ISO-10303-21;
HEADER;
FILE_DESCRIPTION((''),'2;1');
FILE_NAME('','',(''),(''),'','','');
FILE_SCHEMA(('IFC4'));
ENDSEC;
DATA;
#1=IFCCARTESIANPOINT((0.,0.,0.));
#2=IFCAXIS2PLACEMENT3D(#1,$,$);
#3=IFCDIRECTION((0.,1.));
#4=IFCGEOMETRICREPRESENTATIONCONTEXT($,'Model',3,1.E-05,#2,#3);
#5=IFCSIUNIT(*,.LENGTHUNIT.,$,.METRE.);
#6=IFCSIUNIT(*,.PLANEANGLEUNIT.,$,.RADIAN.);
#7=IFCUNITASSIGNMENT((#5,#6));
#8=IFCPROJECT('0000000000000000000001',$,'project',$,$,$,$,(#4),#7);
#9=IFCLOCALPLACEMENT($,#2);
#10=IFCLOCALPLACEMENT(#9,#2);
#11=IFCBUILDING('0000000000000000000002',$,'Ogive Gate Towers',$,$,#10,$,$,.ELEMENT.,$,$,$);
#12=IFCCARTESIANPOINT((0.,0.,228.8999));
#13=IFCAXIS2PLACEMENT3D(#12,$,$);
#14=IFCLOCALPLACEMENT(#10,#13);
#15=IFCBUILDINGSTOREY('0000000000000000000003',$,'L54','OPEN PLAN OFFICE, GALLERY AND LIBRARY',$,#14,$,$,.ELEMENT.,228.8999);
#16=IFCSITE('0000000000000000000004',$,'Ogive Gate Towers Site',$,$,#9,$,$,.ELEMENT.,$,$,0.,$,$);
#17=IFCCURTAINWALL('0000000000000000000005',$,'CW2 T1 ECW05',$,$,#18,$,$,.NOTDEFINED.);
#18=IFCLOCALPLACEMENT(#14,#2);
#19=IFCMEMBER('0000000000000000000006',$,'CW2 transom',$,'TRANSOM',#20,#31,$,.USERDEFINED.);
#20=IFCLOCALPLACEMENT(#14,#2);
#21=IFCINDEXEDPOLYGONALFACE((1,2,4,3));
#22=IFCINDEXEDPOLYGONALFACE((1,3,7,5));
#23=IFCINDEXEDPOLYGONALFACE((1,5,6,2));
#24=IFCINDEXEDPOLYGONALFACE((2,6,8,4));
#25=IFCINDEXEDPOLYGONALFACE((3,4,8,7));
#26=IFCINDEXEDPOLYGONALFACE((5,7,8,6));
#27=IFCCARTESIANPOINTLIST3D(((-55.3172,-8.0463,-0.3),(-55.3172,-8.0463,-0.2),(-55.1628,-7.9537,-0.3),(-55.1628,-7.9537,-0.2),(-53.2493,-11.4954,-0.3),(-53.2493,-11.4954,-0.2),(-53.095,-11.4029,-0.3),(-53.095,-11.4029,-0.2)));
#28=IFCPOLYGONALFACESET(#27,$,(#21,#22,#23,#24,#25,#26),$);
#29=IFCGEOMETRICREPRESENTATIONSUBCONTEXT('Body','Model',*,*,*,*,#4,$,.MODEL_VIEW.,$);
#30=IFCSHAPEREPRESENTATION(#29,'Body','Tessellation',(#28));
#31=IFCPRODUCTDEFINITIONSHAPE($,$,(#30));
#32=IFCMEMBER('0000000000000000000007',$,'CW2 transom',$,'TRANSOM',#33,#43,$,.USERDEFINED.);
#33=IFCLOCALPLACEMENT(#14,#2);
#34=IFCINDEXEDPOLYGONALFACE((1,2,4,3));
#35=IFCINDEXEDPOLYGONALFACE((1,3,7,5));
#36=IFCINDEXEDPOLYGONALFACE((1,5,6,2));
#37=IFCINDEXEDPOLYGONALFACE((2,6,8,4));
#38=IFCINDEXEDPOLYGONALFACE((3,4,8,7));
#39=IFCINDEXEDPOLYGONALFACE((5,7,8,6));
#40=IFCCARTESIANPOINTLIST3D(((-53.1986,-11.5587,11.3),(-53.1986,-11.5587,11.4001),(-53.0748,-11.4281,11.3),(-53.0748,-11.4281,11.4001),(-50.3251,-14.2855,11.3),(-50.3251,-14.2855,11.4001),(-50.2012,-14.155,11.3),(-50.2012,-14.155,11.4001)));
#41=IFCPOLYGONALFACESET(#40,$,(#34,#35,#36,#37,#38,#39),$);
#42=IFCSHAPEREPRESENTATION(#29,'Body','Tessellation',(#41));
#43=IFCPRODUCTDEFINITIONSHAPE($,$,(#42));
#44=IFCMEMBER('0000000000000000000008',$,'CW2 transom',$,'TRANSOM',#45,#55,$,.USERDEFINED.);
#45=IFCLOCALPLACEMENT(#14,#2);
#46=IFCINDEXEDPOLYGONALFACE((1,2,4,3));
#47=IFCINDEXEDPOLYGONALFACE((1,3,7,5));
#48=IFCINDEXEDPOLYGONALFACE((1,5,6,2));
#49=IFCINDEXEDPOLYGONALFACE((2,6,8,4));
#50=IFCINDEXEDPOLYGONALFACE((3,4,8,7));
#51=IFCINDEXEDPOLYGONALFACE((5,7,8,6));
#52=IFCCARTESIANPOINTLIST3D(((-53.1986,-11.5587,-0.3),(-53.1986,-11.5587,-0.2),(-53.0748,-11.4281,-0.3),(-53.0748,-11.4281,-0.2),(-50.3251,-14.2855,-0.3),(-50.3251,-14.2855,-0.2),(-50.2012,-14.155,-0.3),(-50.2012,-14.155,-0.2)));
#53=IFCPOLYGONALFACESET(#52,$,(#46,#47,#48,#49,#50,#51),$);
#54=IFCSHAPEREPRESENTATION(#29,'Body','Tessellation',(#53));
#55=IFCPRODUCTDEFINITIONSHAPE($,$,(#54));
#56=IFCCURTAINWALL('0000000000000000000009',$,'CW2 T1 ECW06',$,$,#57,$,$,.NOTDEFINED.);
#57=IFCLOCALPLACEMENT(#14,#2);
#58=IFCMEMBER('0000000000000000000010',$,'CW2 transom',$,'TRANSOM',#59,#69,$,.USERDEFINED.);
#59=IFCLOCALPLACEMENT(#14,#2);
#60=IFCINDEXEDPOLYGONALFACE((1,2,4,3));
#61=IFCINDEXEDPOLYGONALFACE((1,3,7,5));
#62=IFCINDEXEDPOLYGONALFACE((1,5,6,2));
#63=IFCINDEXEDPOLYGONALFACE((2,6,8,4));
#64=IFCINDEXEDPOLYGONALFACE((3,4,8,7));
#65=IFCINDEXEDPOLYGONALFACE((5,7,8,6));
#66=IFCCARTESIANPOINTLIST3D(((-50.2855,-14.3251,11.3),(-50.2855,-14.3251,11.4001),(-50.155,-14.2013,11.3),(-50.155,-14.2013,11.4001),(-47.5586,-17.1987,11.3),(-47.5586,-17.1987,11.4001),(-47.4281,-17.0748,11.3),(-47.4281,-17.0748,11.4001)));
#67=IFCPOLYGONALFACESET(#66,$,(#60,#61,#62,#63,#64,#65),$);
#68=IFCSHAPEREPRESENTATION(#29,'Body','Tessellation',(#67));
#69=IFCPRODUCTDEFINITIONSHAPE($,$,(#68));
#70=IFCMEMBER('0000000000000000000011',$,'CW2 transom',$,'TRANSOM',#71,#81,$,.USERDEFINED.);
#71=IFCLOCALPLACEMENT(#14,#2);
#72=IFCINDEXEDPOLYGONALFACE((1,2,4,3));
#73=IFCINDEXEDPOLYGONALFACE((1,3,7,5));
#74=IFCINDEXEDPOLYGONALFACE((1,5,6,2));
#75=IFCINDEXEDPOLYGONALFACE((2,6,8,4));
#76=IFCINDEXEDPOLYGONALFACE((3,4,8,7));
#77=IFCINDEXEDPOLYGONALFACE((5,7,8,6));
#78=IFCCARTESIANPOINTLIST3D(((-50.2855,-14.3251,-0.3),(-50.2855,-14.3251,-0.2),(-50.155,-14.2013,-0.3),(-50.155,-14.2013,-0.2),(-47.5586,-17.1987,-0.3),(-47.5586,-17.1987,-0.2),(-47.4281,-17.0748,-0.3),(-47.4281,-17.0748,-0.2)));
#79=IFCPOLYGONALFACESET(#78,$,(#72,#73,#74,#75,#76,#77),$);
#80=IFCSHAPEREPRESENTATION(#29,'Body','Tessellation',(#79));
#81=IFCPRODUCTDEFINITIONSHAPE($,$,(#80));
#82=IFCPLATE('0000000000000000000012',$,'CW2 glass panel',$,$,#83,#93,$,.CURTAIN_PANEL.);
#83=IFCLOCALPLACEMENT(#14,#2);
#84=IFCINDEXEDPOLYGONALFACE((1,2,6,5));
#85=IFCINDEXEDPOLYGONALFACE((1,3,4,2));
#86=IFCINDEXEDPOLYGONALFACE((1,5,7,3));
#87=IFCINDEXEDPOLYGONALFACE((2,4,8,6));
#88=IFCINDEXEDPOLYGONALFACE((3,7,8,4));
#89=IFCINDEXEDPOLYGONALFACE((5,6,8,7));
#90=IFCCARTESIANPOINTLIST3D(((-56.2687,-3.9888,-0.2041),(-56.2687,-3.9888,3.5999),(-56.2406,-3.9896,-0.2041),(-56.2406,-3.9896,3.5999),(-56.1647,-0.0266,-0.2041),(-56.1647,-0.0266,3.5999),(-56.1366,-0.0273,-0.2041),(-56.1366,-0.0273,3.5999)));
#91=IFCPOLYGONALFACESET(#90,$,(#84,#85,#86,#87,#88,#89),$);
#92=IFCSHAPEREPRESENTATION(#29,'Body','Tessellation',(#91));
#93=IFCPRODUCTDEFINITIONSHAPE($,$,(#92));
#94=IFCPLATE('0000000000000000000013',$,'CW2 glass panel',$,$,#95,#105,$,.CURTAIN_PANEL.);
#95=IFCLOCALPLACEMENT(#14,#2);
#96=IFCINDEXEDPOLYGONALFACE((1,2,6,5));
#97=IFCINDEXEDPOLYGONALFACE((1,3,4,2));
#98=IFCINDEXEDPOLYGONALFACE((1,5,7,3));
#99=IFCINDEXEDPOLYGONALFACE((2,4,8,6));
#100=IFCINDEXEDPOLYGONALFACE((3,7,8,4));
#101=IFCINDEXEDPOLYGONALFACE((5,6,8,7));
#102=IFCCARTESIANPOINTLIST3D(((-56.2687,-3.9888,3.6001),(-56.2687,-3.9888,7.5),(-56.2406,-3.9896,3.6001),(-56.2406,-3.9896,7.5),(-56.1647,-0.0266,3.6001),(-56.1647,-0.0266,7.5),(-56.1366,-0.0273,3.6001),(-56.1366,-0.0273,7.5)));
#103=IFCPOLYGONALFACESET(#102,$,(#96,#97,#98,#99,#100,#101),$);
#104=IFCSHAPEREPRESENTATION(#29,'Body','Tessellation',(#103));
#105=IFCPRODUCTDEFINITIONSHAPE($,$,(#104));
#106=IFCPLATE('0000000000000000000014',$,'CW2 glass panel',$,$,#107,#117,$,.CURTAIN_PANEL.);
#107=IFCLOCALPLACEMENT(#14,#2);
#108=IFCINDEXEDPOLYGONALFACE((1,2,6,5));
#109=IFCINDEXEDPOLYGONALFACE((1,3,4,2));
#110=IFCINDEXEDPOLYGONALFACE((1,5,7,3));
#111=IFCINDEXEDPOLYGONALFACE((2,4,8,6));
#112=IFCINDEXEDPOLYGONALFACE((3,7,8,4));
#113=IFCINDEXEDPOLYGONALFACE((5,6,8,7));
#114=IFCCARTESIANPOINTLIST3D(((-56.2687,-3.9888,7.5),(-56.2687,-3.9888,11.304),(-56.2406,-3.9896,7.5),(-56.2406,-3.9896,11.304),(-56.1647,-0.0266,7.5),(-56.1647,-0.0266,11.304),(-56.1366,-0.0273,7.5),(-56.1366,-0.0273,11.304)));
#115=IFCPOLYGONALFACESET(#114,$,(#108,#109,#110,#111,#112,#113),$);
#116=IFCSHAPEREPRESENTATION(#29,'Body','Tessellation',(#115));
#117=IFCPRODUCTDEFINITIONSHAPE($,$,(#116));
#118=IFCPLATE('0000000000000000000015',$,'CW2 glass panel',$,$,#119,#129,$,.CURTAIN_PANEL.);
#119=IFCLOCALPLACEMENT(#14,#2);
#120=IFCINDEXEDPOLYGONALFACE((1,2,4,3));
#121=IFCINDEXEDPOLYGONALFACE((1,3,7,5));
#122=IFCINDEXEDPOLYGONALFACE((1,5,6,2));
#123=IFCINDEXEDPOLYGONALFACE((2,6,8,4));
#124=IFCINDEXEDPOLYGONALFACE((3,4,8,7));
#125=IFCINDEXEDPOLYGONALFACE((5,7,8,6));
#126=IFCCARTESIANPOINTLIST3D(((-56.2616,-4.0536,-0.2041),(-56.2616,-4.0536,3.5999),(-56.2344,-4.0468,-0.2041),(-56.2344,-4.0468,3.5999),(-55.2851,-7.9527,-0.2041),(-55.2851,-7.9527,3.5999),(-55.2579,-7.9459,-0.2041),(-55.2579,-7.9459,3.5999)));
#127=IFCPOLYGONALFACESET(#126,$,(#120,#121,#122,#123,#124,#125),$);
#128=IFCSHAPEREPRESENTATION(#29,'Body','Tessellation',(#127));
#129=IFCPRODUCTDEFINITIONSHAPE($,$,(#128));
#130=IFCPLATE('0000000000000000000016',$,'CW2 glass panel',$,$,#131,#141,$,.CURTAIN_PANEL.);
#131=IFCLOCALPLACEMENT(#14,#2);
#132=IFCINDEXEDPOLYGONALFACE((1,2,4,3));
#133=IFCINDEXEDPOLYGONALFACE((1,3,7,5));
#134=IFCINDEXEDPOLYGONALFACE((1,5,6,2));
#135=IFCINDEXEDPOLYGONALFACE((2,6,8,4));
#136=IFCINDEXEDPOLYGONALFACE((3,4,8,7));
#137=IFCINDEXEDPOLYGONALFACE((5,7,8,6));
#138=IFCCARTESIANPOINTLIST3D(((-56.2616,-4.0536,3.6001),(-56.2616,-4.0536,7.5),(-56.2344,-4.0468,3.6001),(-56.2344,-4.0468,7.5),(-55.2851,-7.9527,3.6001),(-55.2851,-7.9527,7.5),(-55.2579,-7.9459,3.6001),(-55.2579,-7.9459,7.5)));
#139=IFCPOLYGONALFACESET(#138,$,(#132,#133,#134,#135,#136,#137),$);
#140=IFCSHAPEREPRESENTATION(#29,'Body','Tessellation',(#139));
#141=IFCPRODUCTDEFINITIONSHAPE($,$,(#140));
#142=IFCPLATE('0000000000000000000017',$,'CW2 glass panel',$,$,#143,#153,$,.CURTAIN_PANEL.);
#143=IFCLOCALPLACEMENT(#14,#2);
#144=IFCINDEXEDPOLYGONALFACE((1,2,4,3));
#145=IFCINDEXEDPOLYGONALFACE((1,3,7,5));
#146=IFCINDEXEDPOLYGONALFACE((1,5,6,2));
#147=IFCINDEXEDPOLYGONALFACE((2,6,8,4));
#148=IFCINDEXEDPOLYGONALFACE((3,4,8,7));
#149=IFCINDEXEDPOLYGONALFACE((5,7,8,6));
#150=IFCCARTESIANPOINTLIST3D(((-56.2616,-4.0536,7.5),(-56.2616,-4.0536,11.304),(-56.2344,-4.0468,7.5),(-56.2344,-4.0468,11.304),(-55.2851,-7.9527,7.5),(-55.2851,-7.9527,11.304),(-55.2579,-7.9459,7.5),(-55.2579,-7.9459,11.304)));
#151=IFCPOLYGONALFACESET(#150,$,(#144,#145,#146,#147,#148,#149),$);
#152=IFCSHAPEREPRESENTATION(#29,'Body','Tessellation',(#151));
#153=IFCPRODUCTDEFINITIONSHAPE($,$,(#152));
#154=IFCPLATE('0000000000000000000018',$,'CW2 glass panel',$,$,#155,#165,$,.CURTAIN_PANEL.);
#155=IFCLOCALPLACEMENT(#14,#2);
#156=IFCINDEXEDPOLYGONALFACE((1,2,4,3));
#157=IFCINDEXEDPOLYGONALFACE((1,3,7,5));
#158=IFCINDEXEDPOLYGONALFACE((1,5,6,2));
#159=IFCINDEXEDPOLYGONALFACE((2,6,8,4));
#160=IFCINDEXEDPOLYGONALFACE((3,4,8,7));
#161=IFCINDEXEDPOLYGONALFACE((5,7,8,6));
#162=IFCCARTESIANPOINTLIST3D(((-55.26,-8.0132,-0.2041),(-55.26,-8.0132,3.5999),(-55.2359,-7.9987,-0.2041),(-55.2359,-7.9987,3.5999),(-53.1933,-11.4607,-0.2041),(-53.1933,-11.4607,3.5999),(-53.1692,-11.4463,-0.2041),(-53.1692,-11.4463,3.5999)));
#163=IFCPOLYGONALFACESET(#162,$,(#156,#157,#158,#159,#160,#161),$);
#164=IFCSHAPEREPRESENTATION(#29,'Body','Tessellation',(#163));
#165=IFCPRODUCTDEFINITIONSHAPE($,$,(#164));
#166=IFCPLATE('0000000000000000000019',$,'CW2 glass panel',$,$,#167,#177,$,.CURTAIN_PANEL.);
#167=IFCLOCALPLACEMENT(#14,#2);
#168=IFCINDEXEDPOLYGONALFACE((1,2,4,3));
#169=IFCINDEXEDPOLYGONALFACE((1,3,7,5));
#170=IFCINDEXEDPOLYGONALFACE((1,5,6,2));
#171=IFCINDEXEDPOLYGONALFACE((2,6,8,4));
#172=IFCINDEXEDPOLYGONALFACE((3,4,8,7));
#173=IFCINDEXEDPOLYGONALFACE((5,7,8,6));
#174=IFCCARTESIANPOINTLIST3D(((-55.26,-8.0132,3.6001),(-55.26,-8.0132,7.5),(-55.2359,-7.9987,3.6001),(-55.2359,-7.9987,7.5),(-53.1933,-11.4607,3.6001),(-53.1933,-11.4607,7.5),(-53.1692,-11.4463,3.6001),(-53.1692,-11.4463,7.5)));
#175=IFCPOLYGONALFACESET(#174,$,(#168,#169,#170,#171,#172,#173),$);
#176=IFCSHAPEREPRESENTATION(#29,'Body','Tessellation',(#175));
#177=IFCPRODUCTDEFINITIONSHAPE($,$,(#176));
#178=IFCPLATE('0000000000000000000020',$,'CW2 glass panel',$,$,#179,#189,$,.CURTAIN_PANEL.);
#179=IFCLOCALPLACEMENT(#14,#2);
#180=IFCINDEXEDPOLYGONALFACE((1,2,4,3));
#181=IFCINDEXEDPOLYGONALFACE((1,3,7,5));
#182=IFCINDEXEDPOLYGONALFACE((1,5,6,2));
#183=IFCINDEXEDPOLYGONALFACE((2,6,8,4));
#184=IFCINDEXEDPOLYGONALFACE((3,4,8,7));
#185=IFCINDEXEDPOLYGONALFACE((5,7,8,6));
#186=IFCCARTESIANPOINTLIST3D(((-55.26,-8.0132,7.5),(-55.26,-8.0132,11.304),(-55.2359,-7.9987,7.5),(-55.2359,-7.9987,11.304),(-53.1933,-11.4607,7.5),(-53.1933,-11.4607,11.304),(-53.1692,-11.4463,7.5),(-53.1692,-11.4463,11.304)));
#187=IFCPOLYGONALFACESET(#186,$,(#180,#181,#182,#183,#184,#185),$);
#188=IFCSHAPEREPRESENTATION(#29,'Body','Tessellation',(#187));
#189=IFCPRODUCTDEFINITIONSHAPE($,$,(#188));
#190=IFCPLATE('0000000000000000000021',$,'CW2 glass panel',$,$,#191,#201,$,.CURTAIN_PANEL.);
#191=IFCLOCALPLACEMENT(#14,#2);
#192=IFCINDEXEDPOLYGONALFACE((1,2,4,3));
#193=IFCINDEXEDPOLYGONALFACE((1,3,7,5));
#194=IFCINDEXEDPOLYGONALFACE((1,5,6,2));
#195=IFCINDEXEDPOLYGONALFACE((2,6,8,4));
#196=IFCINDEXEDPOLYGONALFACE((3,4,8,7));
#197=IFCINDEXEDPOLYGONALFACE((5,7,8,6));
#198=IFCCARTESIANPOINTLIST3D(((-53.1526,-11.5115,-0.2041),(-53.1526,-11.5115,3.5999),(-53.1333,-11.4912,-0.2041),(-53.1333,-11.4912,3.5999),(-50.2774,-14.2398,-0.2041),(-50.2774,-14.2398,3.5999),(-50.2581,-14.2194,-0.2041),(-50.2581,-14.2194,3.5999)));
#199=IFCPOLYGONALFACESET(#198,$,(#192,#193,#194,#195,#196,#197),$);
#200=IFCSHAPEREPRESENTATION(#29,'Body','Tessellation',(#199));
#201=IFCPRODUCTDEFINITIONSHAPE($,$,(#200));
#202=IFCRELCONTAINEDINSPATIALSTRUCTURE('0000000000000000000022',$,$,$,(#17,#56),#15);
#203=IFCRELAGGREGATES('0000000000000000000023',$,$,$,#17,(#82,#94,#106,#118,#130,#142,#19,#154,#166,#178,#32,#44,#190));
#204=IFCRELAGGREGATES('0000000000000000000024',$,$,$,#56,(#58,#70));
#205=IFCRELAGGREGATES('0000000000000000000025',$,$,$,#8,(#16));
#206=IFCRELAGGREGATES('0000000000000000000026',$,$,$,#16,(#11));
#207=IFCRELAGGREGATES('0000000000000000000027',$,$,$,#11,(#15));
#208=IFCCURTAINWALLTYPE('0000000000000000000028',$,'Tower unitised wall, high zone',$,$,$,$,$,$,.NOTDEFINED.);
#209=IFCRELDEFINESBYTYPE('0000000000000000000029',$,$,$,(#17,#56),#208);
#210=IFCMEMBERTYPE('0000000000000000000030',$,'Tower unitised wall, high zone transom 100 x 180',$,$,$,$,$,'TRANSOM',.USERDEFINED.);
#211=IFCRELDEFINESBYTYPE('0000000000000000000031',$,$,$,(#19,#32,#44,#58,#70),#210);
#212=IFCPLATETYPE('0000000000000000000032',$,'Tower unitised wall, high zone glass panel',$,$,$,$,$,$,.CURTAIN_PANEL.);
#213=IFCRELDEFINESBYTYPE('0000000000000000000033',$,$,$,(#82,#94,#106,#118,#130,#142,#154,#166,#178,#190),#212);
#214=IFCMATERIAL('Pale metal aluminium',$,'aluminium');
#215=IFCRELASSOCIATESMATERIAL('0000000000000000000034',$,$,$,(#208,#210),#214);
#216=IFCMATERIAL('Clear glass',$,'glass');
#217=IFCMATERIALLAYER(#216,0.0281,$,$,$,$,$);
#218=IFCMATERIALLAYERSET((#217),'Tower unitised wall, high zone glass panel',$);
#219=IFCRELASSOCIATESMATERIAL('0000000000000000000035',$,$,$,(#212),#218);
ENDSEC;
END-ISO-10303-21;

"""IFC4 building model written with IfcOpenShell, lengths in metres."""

from ifc_helpers import new_model, si_unit, direction, frame, origin, origin_2d, place, context, subcontext, project, spatial, rectangle, extrude, material, layer, layer_set, material_profile, profile_set, type_object, element, aggregate, save


model = new_model("IFC4")

# Units and contexts
model_context = context("Model", 3, precision=1e-05, world=origin(), true_north=direction((0.0, 1.0)))
body_context = subcontext(model_context, "Body", "Model", "MODEL_VIEW")
ifc_project = project(units=[si_unit("LENGTHUNIT", "METRE"), si_unit("PLANEANGLEUNIT", "RADIAN")], contexts=[model_context])

# Site, building, storey
site_placement = place(None, origin())
site = spatial("IfcSite", under=ifc_project, at=site_placement, Name="Ogive Gate Towers Site", CompositionType="ELEMENT", RefElevation=0.0)
building_placement = place(site_placement, origin())
building = spatial("IfcBuilding", under=site, at=building_placement, Name="Ogive Gate Towers", CompositionType="ELEMENT")
storey_placement = place(building_placement, frame((0.0, 0.0, 228.8999)))
storey = spatial("IfcBuildingStorey", under=building, at=storey_placement, Name="L54", Description="OPEN PLAN OFFICE, GALLERY AND LIBRARY", CompositionType="ELEMENT", Elevation=228.8999)

# Curtain walls, members
ifc_material_1 = material(Name="Pale metal aluminium", Category="aluminium")
curtain_wall_type = type_object("IfcCurtainWallType", Name="Tower unitised wall, high zone", PredefinedType="NOTDEFINED", material=ifc_material_1)
curtain_wall_1_placement = place(storey_placement, origin())
curtain_wall_1 = element("IfcCurtainWall", 1, at=curtain_wall_1_placement, inside=storey, type_object=curtain_wall_type, Name="CW2 T1 ECW05", PredefinedType="NOTDEFINED")
ifc_material_profile_1 = material_profile(ifc_material_1, rectangle(XDim=0.1799, YDim=0.1001, at=origin_2d()), Name="100 x 180 aluminium box")
ifc_profile_set_1 = profile_set([ifc_material_profile_1], Name="Pale metal aluminium")
member_type_1 = type_object("IfcMemberType", Name="Tower unitised wall, high zone transom 100 x 180", ElementType="TRANSOM", PredefinedType="USERDEFINED", material=ifc_profile_set_1)
member_1_placement = place(storey_placement, frame((-55.24, -8.0, -0.25), z_axis=(0.514192, -0.857675, 0.0), x_axis=(0.857675, 0.514192, 0.0)))
member_1 = element("IfcMember", 2, at=member_1_placement, type_object=member_type_1, Name="CW2 transom", ObjectType="TRANSOM", PredefinedType="USERDEFINED", context=body_context, shape_type="SweptSolid", body=[
    extrude(rectangle(XDim=0.1799, YDim=0.1001, at=origin_2d()), origin(), (0.0, 0.0, 1.0), 4.0215),
])
member_2_placement = place(storey_placement, frame((-53.1367, -11.4934, 11.3501), z_axis=(0.725384, -0.688344, 0.0), x_axis=(0.688344, 0.725384, 0.0)))
member_2 = element("IfcMember", 3, at=member_2_placement, type_object=member_type_1, Name="CW2 transom", ObjectType="TRANSOM", PredefinedType="USERDEFINED", context=body_context, shape_type="SweptSolid", body=[
    extrude(rectangle(XDim=0.1799, YDim=0.1001, at=origin_2d()), origin(), (0.0, 0.0, 1.0), 3.9614),
])
member_3_placement = place(storey_placement, frame((-53.1367, -11.4934, -0.25), z_axis=(0.725384, -0.688344, 0.0), x_axis=(0.688344, 0.725384, 0.0)))
member_3 = element("IfcMember", 4, at=member_3_placement, type_object=member_type_1, Name="CW2 transom", ObjectType="TRANSOM", PredefinedType="USERDEFINED", context=body_context, shape_type="SweptSolid", body=[
    extrude(rectangle(XDim=0.1799, YDim=0.1001, at=origin_2d()), origin(), (0.0, 0.0, 1.0), 3.9614),
])
curtain_wall_2_placement = place(storey_placement, origin())
curtain_wall_2 = element("IfcCurtainWall", 5, at=curtain_wall_2_placement, inside=storey, type_object=curtain_wall_type, Name="CW2 T1 ECW06", PredefinedType="NOTDEFINED")
member_4_placement = place(storey_placement, frame((-50.2202, -14.2632, 11.3501), z_axis=(0.688344, -0.725384, 0.0), x_axis=(0.725384, 0.688344, 0.0)))
member_4 = element("IfcMember", 6, at=member_4_placement, type_object=member_type_1, Name="CW2 transom", ObjectType="TRANSOM", PredefinedType="USERDEFINED", context=body_context, shape_type="SweptSolid", body=[
    extrude(rectangle(XDim=0.1799, YDim=0.1001, at=origin_2d()), origin(), (0.0, 0.0, 1.0), 3.9614),
])
member_5_placement = place(storey_placement, frame((-50.2202, -14.2632, -0.25), z_axis=(0.688344, -0.725384, 0.0), x_axis=(0.725384, 0.688344, 0.0)))
member_5 = element("IfcMember", 7, at=member_5_placement, type_object=member_type_1, Name="CW2 transom", ObjectType="TRANSOM", PredefinedType="USERDEFINED", context=body_context, shape_type="SweptSolid", body=[
    extrude(rectangle(XDim=0.1799, YDim=0.1001, at=origin_2d()), origin(), (0.0, 0.0, 1.0), 3.9614),
])

# Plates
ifc_material_2 = material(Name="Clear glass", Category="glass")
ifc_layer_1 = layer(ifc_material_2, 0.0281)
ifc_layer_set_1 = layer_set([ifc_layer_1], Name="Tower unitised wall, high zone glass panel")
plate_type = type_object("IfcPlateType", Name="Tower unitised wall, high zone glass panel", PredefinedType="CURTAIN_PANEL", material=ifc_layer_set_1)
plate_1_placement = place(storey_placement, frame((-56.2026, -2.0081, -0.2041), z_axis=(0.0, 0.0, 1.0), x_axis=(-0.026229, -0.999656, 0.0)))
plate_1 = element("IfcPlate", 8, at=plate_1_placement, type_object=plate_type, Name="CW2 glass panel", PredefinedType="CURTAIN_PANEL", context=body_context, shape_type="SweptSolid", body=[
    extrude(rectangle(XDim=3.9636, YDim=0.0281, at=origin_2d()), origin(), (0.0, 0.0, 1.0), 3.804),
])
plate_2_placement = place(storey_placement, frame((-56.2026, -2.0081, 3.6001), z_axis=(0.0, 0.0, 1.0), x_axis=(-0.026229, -0.999656, 0.0)))
plate_2 = element("IfcPlate", 9, at=plate_2_placement, type_object=plate_type, Name="CW2 glass panel", PredefinedType="CURTAIN_PANEL", context=body_context, shape_type="SweptSolid", body=[
    extrude(rectangle(XDim=3.9636, YDim=0.0281, at=origin_2d()), origin(), (0.0, 0.0, 1.0), 3.8999),
])
plate_3_placement = place(storey_placement, frame((-56.2026, -2.0081, 7.5), z_axis=(0.0, 0.0, 1.0), x_axis=(-0.026229, -0.999656, 0.0)))
plate_3 = element("IfcPlate", 10, at=plate_3_placement, type_object=plate_type, Name="CW2 glass panel", PredefinedType="CURTAIN_PANEL", context=body_context, shape_type="SweptSolid", body=[
    extrude(rectangle(XDim=3.9636, YDim=0.0281, at=origin_2d()), origin(), (0.0, 0.0, 1.0), 3.804),
])
plate_4_placement = place(storey_placement, frame((-55.7598, -5.9998, -0.2041), z_axis=(0.0, 0.0, 1.0), x_axis=(0.242938, -0.970042, 0.0)))
plate_4 = element("IfcPlate", 11, at=plate_4_placement, type_object=plate_type, Name="CW2 glass panel", PredefinedType="CURTAIN_PANEL", context=body_context, shape_type="SweptSolid", body=[
    extrude(rectangle(XDim=4.0195, YDim=0.0281, at=origin_2d()), origin(), (0.0, 0.0, 1.0), 3.804),
])
plate_5_placement = place(storey_placement, frame((-55.7598, -5.9998, 3.6001), z_axis=(0.0, 0.0, 1.0), x_axis=(0.242938, -0.970042, 0.0)))
plate_5 = element("IfcPlate", 12, at=plate_5_placement, type_object=plate_type, Name="CW2 glass panel", PredefinedType="CURTAIN_PANEL", context=body_context, shape_type="SweptSolid", body=[
    extrude(rectangle(XDim=4.0195, YDim=0.0281, at=origin_2d()), origin(), (0.0, 0.0, 1.0), 3.8999),
])
plate_6_placement = place(storey_placement, frame((-55.7598, -5.9998, 7.5), z_axis=(0.0, 0.0, 1.0), x_axis=(0.242938, -0.970042, 0.0)))
plate_6 = element("IfcPlate", 13, at=plate_6_placement, type_object=plate_type, Name="CW2 glass panel", PredefinedType="CURTAIN_PANEL", context=body_context, shape_type="SweptSolid", body=[
    extrude(rectangle(XDim=4.0195, YDim=0.0281, at=origin_2d()), origin(), (0.0, 0.0, 1.0), 3.804),
])
plate_7_placement = place(storey_placement, frame((-54.2146, -9.7297, -0.2041), z_axis=(0.0, 0.0, 1.0), x_axis=(0.514155, -0.857697, 0.0)))
plate_7 = element("IfcPlate", 14, at=plate_7_placement, type_object=plate_type, Name="CW2 glass panel", PredefinedType="CURTAIN_PANEL", context=body_context, shape_type="SweptSolid", body=[
    extrude(rectangle(XDim=4.0195, YDim=0.0281, at=origin_2d()), origin(), (0.0, 0.0, 1.0), 3.804),
])
plate_8_placement = place(storey_placement, frame((-54.2146, -9.7297, 3.6001), z_axis=(0.0, 0.0, 1.0), x_axis=(0.514155, -0.857697, 0.0)))
plate_8 = element("IfcPlate", 15, at=plate_8_placement, type_object=plate_type, Name="CW2 glass panel", PredefinedType="CURTAIN_PANEL", context=body_context, shape_type="SweptSolid", body=[
    extrude(rectangle(XDim=4.0195, YDim=0.0281, at=origin_2d()), origin(), (0.0, 0.0, 1.0), 3.8999),
])
plate_9_placement = place(storey_placement, frame((-54.2146, -9.7297, 7.5), z_axis=(0.0, 0.0, 1.0), x_axis=(0.514155, -0.857697, 0.0)))
plate_9 = element("IfcPlate", 16, at=plate_9_placement, type_object=plate_type, Name="CW2 glass panel", PredefinedType="CURTAIN_PANEL", context=body_context, shape_type="SweptSolid", body=[
    extrude(rectangle(XDim=4.0195, YDim=0.0281, at=origin_2d()), origin(), (0.0, 0.0, 1.0), 3.804),
])
plate_10_placement = place(storey_placement, frame((-51.7053, -12.8655, -0.2041), z_axis=(0.0, 0.0, 1.0), x_axis=(0.725398, -0.688329, 0.0)))
plate_10 = element("IfcPlate", 17, at=plate_10_placement, type_object=plate_type, Name="CW2 glass panel", PredefinedType="CURTAIN_PANEL", context=body_context, shape_type="SweptSolid", body=[
    extrude(rectangle(XDim=3.9636, YDim=0.0281, at=origin_2d()), origin(), (0.0, 0.0, 1.0), 3.804),
])
aggregate(curtain_wall_1, [plate_1, plate_2, plate_3, plate_4, plate_5, plate_6, member_1, plate_7, plate_8, plate_9, member_2, member_3, plate_10])
aggregate(curtain_wall_2, [member_4, member_5])

save(model, "model.ifc")
